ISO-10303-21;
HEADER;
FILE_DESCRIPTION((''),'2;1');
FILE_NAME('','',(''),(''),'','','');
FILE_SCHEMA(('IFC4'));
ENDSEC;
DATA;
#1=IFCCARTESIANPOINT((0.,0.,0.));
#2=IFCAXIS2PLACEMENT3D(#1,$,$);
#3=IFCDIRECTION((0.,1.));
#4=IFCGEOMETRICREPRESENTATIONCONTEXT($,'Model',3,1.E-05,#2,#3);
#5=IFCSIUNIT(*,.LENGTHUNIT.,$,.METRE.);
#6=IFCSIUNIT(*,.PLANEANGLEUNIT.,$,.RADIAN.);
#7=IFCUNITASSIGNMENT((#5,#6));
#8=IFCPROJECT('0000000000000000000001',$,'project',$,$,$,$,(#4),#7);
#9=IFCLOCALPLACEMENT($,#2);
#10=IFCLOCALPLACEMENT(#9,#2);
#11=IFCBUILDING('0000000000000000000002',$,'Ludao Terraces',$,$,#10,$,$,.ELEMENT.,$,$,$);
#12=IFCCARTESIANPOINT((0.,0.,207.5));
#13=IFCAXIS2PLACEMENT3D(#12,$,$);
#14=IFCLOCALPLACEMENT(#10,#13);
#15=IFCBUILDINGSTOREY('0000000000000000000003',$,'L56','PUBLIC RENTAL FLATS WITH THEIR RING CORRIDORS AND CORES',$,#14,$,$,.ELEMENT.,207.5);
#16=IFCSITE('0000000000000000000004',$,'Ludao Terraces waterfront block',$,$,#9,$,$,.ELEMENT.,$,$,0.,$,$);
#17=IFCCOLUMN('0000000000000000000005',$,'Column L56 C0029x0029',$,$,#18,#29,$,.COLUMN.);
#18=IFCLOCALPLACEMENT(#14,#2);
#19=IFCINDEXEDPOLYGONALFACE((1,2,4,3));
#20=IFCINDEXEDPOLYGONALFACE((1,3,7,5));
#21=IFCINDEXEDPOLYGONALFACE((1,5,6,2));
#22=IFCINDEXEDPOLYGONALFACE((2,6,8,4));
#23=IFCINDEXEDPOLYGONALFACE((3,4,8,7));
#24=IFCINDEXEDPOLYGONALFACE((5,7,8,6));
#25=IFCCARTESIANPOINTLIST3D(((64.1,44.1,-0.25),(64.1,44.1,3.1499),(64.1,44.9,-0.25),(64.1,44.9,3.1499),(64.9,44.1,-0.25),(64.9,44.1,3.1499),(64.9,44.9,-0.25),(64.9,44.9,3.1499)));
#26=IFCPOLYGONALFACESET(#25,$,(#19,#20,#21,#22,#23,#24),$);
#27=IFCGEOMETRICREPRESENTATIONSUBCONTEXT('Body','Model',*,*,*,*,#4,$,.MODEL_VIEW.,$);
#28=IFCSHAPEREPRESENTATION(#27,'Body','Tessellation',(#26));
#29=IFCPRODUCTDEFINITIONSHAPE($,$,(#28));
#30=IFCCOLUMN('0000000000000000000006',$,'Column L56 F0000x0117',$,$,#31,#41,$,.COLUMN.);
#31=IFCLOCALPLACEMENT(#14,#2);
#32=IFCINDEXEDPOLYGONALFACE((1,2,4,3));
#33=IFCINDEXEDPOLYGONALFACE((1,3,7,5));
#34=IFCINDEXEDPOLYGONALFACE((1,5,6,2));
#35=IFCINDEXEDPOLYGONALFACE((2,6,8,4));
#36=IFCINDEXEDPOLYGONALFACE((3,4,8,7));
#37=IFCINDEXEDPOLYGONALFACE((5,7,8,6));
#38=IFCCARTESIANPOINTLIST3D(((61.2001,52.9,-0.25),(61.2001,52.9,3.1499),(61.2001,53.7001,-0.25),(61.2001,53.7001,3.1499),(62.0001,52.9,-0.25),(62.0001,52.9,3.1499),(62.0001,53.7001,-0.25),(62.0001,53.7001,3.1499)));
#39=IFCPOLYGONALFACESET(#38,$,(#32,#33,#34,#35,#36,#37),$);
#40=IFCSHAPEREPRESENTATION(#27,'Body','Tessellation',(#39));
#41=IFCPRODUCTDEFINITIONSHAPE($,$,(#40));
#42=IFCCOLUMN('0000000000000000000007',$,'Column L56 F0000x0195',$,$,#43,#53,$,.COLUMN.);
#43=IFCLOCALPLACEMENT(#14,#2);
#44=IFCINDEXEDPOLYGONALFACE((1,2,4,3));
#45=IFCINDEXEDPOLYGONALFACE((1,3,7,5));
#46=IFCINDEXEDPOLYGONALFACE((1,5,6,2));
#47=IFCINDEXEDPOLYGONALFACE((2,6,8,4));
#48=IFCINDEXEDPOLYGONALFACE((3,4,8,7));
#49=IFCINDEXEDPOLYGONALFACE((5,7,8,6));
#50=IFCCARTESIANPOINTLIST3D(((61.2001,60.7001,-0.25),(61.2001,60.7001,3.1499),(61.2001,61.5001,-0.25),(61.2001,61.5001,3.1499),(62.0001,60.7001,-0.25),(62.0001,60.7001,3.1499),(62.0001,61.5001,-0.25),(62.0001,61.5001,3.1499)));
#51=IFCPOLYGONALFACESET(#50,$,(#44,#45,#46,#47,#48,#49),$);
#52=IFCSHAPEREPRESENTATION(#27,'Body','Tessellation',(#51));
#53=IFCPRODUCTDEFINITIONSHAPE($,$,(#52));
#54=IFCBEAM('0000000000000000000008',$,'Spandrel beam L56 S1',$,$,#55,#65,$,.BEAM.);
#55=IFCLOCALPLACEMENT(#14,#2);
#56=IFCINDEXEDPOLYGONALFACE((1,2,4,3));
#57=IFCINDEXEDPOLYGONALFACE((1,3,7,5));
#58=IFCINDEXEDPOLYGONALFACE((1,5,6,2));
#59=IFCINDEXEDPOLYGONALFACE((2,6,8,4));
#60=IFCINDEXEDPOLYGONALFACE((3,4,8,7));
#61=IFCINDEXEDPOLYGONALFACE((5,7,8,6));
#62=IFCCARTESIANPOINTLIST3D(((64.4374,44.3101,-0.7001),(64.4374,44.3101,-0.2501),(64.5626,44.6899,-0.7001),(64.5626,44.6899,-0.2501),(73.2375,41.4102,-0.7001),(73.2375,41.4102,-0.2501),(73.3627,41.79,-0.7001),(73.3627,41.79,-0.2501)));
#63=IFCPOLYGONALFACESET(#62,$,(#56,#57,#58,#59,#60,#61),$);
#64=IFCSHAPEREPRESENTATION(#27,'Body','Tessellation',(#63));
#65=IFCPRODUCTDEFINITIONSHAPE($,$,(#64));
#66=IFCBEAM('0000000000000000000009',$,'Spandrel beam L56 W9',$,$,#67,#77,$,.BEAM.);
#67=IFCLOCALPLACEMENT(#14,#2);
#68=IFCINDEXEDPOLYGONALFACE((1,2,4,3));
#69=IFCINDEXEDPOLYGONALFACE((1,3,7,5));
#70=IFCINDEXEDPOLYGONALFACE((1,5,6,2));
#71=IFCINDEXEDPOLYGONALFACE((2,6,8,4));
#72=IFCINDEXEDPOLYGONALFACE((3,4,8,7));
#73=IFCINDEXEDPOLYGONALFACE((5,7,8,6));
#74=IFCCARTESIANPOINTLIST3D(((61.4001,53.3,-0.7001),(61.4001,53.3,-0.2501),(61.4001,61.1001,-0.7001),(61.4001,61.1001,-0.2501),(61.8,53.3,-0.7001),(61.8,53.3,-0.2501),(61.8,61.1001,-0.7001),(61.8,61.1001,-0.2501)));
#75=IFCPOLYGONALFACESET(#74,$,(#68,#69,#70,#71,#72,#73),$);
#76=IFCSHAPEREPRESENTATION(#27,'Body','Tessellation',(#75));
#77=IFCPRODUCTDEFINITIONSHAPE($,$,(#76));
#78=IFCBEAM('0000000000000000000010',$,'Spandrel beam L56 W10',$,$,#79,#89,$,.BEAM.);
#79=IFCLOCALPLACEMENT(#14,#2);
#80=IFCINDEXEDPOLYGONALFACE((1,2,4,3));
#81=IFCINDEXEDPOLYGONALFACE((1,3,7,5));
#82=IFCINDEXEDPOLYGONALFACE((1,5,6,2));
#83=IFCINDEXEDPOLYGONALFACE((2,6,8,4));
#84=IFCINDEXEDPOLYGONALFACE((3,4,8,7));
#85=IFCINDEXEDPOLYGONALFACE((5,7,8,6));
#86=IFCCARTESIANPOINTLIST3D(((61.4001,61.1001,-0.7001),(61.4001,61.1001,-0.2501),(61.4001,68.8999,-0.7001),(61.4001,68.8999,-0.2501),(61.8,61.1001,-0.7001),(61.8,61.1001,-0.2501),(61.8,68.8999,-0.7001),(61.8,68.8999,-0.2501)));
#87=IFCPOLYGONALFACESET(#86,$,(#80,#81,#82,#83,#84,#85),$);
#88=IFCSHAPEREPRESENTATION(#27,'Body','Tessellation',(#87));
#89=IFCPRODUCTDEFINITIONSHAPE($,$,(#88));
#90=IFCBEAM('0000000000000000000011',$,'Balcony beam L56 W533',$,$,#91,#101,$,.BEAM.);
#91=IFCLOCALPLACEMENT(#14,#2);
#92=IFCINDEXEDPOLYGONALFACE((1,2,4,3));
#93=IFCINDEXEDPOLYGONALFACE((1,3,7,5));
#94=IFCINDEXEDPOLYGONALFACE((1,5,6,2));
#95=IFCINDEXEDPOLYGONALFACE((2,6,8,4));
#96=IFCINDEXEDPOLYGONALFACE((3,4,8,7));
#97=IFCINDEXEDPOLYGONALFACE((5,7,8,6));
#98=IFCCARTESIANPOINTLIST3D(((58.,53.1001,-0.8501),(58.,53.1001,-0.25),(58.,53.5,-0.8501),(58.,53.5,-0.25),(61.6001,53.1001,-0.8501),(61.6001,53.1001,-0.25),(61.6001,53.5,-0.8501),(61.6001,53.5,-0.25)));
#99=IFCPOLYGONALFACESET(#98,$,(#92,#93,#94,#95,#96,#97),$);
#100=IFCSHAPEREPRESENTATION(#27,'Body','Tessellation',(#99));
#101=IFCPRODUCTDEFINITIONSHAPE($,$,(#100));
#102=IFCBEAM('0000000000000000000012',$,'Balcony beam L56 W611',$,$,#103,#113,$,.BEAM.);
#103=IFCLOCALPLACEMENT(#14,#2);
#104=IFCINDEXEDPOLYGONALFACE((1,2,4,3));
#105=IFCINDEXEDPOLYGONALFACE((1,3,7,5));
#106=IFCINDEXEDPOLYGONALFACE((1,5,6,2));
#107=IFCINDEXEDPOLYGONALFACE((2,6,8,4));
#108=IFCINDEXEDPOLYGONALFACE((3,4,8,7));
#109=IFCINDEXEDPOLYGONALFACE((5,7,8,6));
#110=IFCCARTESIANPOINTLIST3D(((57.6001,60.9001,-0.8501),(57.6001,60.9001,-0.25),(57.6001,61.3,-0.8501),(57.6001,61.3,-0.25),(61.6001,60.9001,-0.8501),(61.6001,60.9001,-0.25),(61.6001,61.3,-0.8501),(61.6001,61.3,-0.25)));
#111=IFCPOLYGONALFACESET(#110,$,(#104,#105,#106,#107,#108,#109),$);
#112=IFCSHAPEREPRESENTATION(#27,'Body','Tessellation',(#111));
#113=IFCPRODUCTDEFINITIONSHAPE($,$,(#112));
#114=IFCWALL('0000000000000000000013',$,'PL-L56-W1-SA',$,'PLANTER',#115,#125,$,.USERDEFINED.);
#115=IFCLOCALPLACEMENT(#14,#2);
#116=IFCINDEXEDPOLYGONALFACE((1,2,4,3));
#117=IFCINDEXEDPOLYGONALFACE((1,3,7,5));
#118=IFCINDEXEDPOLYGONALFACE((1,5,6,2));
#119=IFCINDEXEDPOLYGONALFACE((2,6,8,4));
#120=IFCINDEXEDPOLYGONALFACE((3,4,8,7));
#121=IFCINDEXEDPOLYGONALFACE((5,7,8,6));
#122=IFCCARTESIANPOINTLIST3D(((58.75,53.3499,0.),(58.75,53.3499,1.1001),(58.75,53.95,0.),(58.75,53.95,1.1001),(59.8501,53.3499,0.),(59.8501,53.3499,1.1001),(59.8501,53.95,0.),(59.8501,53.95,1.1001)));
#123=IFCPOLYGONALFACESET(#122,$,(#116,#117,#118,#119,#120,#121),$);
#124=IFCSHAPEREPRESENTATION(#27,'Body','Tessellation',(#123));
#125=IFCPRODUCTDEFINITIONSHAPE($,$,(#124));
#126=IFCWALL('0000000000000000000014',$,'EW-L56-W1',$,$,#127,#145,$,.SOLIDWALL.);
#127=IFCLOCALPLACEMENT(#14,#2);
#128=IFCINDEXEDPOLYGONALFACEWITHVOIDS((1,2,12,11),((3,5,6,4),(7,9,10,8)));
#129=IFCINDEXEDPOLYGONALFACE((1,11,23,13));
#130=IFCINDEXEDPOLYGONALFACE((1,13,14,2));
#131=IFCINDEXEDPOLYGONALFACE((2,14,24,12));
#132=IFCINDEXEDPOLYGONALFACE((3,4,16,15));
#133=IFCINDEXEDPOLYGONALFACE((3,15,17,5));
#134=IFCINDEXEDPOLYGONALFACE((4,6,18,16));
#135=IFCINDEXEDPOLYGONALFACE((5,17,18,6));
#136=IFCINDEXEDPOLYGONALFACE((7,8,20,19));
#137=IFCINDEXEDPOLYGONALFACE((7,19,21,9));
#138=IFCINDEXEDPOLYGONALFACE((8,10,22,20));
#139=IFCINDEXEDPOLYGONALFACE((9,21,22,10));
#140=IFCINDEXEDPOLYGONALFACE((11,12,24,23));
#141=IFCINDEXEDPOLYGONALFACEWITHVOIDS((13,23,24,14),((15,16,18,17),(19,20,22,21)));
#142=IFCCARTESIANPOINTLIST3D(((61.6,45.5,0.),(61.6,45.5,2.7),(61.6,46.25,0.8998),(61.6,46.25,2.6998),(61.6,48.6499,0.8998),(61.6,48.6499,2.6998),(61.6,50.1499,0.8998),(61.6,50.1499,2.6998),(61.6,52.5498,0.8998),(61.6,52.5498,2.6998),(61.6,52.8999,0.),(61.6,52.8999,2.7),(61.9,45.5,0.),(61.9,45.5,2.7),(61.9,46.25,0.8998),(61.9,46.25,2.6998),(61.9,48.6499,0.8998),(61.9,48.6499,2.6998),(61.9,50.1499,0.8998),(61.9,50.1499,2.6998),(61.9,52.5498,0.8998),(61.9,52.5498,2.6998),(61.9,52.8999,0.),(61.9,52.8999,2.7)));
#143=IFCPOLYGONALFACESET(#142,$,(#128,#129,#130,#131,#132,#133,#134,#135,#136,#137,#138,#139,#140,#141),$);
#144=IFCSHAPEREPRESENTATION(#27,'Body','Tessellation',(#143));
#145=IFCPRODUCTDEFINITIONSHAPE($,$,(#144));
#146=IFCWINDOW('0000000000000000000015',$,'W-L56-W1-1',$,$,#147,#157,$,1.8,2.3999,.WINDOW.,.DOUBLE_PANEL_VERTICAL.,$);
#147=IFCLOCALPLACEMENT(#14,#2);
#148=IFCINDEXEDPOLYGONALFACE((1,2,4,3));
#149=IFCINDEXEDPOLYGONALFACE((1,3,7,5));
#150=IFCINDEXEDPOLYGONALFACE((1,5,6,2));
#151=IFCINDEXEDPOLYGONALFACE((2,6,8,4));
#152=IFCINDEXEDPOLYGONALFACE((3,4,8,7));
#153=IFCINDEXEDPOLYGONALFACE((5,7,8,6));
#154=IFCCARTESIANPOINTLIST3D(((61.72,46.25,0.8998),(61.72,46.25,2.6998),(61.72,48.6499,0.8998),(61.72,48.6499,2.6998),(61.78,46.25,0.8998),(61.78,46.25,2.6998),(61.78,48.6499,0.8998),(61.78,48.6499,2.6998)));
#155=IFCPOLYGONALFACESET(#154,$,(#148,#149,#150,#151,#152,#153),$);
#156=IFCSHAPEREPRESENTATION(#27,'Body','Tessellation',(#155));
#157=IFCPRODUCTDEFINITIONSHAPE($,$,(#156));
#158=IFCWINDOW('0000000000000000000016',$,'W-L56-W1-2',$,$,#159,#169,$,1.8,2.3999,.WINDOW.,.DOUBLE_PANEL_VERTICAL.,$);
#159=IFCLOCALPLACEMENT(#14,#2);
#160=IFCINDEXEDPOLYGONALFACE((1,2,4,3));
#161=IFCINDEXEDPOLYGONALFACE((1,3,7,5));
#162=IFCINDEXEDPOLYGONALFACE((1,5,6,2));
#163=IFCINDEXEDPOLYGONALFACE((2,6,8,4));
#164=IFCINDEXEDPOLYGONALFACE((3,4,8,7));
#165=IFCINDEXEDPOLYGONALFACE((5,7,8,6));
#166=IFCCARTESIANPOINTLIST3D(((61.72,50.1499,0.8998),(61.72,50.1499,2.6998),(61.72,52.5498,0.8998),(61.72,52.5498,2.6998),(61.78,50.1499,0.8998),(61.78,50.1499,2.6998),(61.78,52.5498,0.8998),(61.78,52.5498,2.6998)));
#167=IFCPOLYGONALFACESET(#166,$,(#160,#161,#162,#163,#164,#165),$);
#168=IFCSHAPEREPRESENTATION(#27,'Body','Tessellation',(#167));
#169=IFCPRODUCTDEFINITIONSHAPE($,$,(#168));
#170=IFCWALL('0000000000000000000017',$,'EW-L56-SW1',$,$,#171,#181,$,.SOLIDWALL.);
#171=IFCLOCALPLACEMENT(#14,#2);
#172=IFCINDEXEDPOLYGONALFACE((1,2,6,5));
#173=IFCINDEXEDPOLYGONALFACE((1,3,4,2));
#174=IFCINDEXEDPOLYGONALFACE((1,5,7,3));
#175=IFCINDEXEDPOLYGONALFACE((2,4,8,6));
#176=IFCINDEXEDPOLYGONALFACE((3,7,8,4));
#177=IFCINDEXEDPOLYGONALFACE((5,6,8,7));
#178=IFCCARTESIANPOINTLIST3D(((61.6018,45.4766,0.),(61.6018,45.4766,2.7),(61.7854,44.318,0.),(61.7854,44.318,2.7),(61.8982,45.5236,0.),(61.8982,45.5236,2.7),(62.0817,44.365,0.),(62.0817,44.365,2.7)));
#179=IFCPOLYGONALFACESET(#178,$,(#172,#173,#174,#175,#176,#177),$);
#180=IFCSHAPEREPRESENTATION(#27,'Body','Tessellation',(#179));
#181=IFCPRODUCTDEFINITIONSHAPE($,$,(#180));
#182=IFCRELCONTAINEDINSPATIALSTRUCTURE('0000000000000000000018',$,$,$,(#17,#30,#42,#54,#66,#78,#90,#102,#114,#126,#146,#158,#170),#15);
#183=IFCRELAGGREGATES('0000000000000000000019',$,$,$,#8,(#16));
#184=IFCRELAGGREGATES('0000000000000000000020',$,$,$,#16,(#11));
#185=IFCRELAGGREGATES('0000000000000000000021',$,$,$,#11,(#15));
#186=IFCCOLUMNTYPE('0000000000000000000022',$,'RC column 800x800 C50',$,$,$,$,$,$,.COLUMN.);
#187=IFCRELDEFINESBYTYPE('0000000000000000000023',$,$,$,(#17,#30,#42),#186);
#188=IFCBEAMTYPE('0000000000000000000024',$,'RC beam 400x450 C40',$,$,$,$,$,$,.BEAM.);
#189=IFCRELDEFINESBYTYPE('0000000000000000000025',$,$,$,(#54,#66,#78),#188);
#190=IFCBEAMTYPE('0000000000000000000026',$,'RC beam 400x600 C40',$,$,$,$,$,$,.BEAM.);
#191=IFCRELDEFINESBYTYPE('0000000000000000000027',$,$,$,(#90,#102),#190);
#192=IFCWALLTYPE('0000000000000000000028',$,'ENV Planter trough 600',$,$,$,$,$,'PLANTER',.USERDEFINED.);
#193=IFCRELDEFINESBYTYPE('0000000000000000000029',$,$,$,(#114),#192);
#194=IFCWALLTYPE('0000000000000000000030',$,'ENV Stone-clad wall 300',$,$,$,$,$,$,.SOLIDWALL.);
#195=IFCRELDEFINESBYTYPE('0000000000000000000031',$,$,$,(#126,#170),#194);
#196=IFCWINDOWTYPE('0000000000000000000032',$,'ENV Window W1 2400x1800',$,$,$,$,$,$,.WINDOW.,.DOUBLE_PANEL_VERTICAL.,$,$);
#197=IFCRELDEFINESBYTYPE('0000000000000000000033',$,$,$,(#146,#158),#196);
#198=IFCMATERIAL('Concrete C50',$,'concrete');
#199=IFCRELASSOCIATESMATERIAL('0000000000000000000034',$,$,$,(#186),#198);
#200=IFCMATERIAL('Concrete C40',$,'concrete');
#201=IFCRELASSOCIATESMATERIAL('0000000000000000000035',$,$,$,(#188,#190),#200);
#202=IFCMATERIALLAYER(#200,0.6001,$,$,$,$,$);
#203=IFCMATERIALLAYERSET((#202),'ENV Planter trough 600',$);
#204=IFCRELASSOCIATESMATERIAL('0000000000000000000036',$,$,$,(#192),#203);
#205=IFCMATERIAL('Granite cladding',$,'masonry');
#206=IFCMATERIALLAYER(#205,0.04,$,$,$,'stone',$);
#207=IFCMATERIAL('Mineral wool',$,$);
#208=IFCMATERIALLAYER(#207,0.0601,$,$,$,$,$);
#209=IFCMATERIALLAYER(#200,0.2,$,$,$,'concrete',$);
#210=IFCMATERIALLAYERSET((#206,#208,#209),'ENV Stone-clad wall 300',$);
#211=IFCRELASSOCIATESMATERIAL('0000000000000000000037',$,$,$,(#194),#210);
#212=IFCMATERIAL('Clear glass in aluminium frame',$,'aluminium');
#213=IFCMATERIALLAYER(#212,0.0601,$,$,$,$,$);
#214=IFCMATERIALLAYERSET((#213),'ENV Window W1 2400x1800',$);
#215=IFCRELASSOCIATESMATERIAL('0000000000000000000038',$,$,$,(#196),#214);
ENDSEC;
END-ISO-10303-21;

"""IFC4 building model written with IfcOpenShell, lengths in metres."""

from ifc_helpers import new_model, si_unit, direction, frame, frame_2d, origin, origin_2d, place, context, subcontext, project, spatial, rectangle, extrude, material, layer, layer_set, material_profile, profile_set, type_object, element, fill, save


model = new_model("IFC4")

# Units and contexts
model_context = context("Model", 3, precision=1e-05, world=origin(), true_north=direction((0.0, 1.0)))
body_context = subcontext(model_context, "Body", "Model", "MODEL_VIEW")
ifc_project = project(units=[si_unit("LENGTHUNIT", "METRE"), si_unit("PLANEANGLEUNIT", "RADIAN")], contexts=[model_context])

# Site, building, storey
site_placement = place(None, origin())
site = spatial("IfcSite", under=ifc_project, at=site_placement, Name="Ludao Terraces waterfront block", CompositionType="ELEMENT", RefElevation=0.0)
building_placement = place(site_placement, origin())
building = spatial("IfcBuilding", under=site, at=building_placement, Name="Ludao Terraces", CompositionType="ELEMENT")
storey_placement = place(building_placement, frame((0.0, 0.0, 207.5)))
storey = spatial("IfcBuildingStorey", under=building, at=storey_placement, Name="L56", Description="PUBLIC RENTAL FLATS WITH THEIR RING CORRIDORS AND CORES", CompositionType="ELEMENT", Elevation=207.5)

# Columns
ifc_material_1 = material(Name="Concrete C50", Category="concrete")
ifc_material_profile_1 = material_profile(ifc_material_1, rectangle(XDim=0.8, YDim=0.8, at=origin_2d()), Name="800 X 800")
ifc_profile_set_1 = profile_set([ifc_material_profile_1], Name="Concrete C50")
column_type = type_object("IfcColumnType", Name="RC column 800x800 C50", PredefinedType="COLUMN", material=ifc_profile_set_1)
for number, where, z_axis, x_axis, name in (
    (1, (64.5, 44.5, -0.25), (0.0, 0.0, 1.0), (1.0, 0.0, 0.0), "Column L56 C0029x0029"),
    (2, (61.6001, 53.3, -0.25), (0.0, 0.0, 1.0), (1.0, 0.0, 0.0), "Column L56 F0000x0117"),
    (3, (61.6001, 61.1001, -0.25), (0.0, 0.0, 1.0), (1.0, 0.0, 0.0), "Column L56 F0000x0195"),
):
    element("IfcColumn", number, at=place(storey_placement, frame(where, z_axis=z_axis, x_axis=x_axis)), inside=storey, type_object=column_type, Name=name, PredefinedType="COLUMN", context=body_context, shape_type="SweptSolid", body=[
        extrude(rectangle(XDim=0.8, YDim=0.8, at=origin_2d()), origin(), (0.0, 0.0, 1.0), 3.3999),
    ])

# Beams
ifc_material_2 = material(Name="Concrete C40", Category="concrete")
ifc_material_profile_2 = material_profile(ifc_material_2, rectangle(XDim=0.3999, YDim=0.45, at=origin_2d()), Name="400 X 450")
ifc_profile_set_2 = profile_set([ifc_material_profile_2], Name="Concrete C40")
beam_type_1 = type_object("IfcBeamType", Name="RC beam 400x450 C40", PredefinedType="BEAM", material=ifc_profile_set_2)
beam_1_placement = place(storey_placement, frame((64.5, 44.5, -0.4751), z_axis=(0.949761, -0.312977, 0.0), x_axis=(0.312977, 0.949761, 0.0)))
element("IfcBeam", 4, at=beam_1_placement, inside=storey, type_object=beam_type_1, Name="Spandrel beam L56 S1", PredefinedType="BEAM", context=body_context, shape_type="SweptSolid", body=[
    extrude(rectangle(XDim=0.3999, YDim=0.45, at=origin_2d()), origin(), (0.0, 0.0, 1.0), 9.2656),
])
beam_2_placement = place(storey_placement, frame((61.6001, 53.3, -0.4751), z_axis=(0.0, 1.0, 0.0), x_axis=(-1.0, 0.0, 0.0)))
element("IfcBeam", 5, at=beam_2_placement, inside=storey, type_object=beam_type_1, Name="Spandrel beam L56 W9", PredefinedType="BEAM", context=body_context, shape_type="SweptSolid", body=[
    extrude(rectangle(XDim=0.3999, YDim=0.45, at=origin_2d()), origin(), (0.0, 0.0, 1.0), 7.8),
])
beam_3_placement = place(storey_placement, frame((61.6001, 61.1001, -0.4751), z_axis=(0.0, 1.0, 0.0), x_axis=(-1.0, 0.0, 0.0)))
element("IfcBeam", 6, at=beam_3_placement, inside=storey, type_object=beam_type_1, Name="Spandrel beam L56 W10", PredefinedType="BEAM", context=body_context, shape_type="SweptSolid", body=[
    extrude(rectangle(XDim=0.3999, YDim=0.45, at=origin_2d()), origin(), (0.0, 0.0, 1.0), 7.7998),
])
ifc_material_profile_3 = material_profile(ifc_material_2, rectangle(XDim=0.3999, YDim=0.6001, at=origin_2d()), Name="400 X 600")
ifc_profile_set_3 = profile_set([ifc_material_profile_3], Name="Concrete C40")
beam_type_2 = type_object("IfcBeamType", Name="RC beam 400x600 C40", PredefinedType="BEAM", material=ifc_profile_set_3)
beam_4_placement = place(storey_placement, frame((61.6001, 53.3, -0.55), z_axis=(-1.0, 0.0, 0.0), x_axis=(0.0, -1.0, 0.0)))
element("IfcBeam", 7, at=beam_4_placement, inside=storey, type_object=beam_type_2, Name="Balcony beam L56 W533", PredefinedType="BEAM", context=body_context, shape_type="SweptSolid", body=[
    extrude(rectangle(XDim=0.3999, YDim=0.6001, at=origin_2d()), origin(), (0.0, 0.0, 1.0), 3.6001),
])
beam_5_placement = place(storey_placement, frame((61.6001, 61.1001, -0.55), z_axis=(-1.0, 0.0, 0.0), x_axis=(0.0, -1.0, 0.0)))
element("IfcBeam", 8, at=beam_5_placement, inside=storey, type_object=beam_type_2, Name="Balcony beam L56 W611", PredefinedType="BEAM", context=body_context, shape_type="SweptSolid", body=[
    extrude(rectangle(XDim=0.3999, YDim=0.6001, at=origin_2d()), origin(), (0.0, 0.0, 1.0), 4.0),
])

# Wall
ifc_layer_1 = layer(ifc_material_2, 0.6001)
ifc_layer_set_1 = layer_set([ifc_layer_1], Name="ENV Planter trough 600")
wall_type_1 = type_object("IfcWallType", Name="ENV Planter trough 600", ElementType="PLANTER", PredefinedType="USERDEFINED", material=ifc_layer_set_1)
wall_1_placement = place(storey_placement, frame((58.75, 53.6499, 0.0), z_axis=(0.0, 0.0, 1.0), x_axis=(1.0, 0.0, 0.0)))
element("IfcWall", 9, at=wall_1_placement, inside=storey, type_object=wall_type_1, Name="PL-L56-W1-SA", ObjectType="PLANTER", PredefinedType="USERDEFINED", context=body_context, shape_type="SweptSolid", body=[
    extrude(rectangle(XDim=1.1001, YDim=0.6001, at=frame_2d((0.55, 0.0))), origin(), (0.0, 0.0, 1.0), 1.1001),
])

# Wall, openings, windows
ifc_material_3 = material(Name="Granite cladding", Category="masonry")
ifc_layer_2 = layer(ifc_material_3, 0.04, Category="stone")
ifc_material_4 = material(Name="Mineral wool")
ifc_layer_3 = layer(ifc_material_4, 0.0601)
ifc_layer_4 = layer(ifc_material_2, 0.2, Category="concrete")
ifc_layer_set_2 = layer_set([ifc_layer_2, ifc_layer_3, ifc_layer_4], Name="ENV Stone-clad wall 300")
wall_type_2 = type_object("IfcWallType", Name="ENV Stone-clad wall 300", PredefinedType="SOLIDWALL", material=ifc_layer_set_2)
wall_2_placement = place(storey_placement, frame((61.75, 45.5, 0.0), z_axis=(0.0, 0.0, 1.0), x_axis=(0.0, 1.0, 0.0)))
wall_2 = element("IfcWall", 10, at=wall_2_placement, inside=storey, type_object=wall_type_2, Name="EW-L56-W1", PredefinedType="SOLIDWALL", context=body_context, shape_type="SweptSolid", body=[
    extrude(rectangle(XDim=7.3999, YDim=0.3, at=frame_2d((3.7, 0.0))), origin(), (0.0, 0.0, 1.0), 2.7),
])
opening_1_placement = place(wall_2_placement, frame((0.75, 0.0, 0.8999)))
opening_1 = element("IfcOpeningElement", 11, at=opening_1_placement, cuts=wall_2, PredefinedType="OPENING", context=body_context, shape_type="SweptSolid", body=[
    extrude(rectangle(XDim=2.3999, YDim=1.8, at=frame_2d((1.2, 0.8999))), frame((0.0, 0.1602, 0.0), z_axis=(0.0, -1.0, 0.0), x_axis=(1.0, 0.0, 0.0)), (0.0, 0.0, 1.0), 0.3201),
])
opening_2_placement = place(wall_2_placement, frame((4.6499, 0.0, 0.8999)))
opening_2 = element("IfcOpeningElement", 12, at=opening_2_placement, cuts=wall_2, PredefinedType="OPENING", context=body_context, shape_type="SweptSolid", body=[
    extrude(rectangle(XDim=2.3999, YDim=1.8, at=frame_2d((1.2, 0.8999))), frame((0.0, 0.1602, 0.0), z_axis=(0.0, -1.0, 0.0), x_axis=(1.0, 0.0, 0.0)), (0.0, 0.0, 1.0), 0.3201),
])
ifc_material_5 = material(Name="Clear glass in aluminium frame", Category="aluminium")
ifc_layer_5 = layer(ifc_material_5, 0.0601)
ifc_layer_set_3 = layer_set([ifc_layer_5], Name="ENV Window W1 2400x1800")
window_type_1 = type_object("IfcWindowType", Name="ENV Window W1 2400x1800", PartitioningType="DOUBLE_PANEL_VERTICAL", PredefinedType="WINDOW", material=ifc_layer_set_3)
window_1_placement = place(opening_1_placement, origin())
window_1 = element("IfcWindow", 13, at=window_1_placement, inside=storey, type_object=window_type_1, Name="W-L56-W1-1", OverallHeight=1.8, OverallWidth=2.3999, PartitioningType="DOUBLE_PANEL_VERTICAL", PredefinedType="WINDOW", context=body_context, shape_type="SweptSolid", body=[
    extrude(rectangle(XDim=2.3999, YDim=1.8, at=frame_2d((1.2, 0.8999))), frame((0.0, 0.03, 0.0), z_axis=(0.0, -1.0, 0.0), x_axis=(1.0, 0.0, 0.0)), (0.0, 0.0, 1.0), 0.0601),
])
fill(opening_1, window_1)
window_2_placement = place(opening_2_placement, origin())
window_2 = element("IfcWindow", 14, at=window_2_placement, inside=storey, type_object=window_type_1, Name="W-L56-W1-2", OverallHeight=1.8, OverallWidth=2.3999, PartitioningType="DOUBLE_PANEL_VERTICAL", PredefinedType="WINDOW", context=body_context, shape_type="SweptSolid", body=[
    extrude(rectangle(XDim=2.3999, YDim=1.8, at=frame_2d((1.2, 0.8999))), frame((0.0, 0.03, 0.0), z_axis=(0.0, -1.0, 0.0), x_axis=(1.0, 0.0, 0.0)), (0.0, 0.0, 1.0), 0.0601),
])
fill(opening_2, window_2)

# Wall
wall_3_placement = place(storey_placement, frame((61.75, 45.5, 0.0), z_axis=(0.0, 0.0, 1.0), x_axis=(0.156497, -0.987678, 0.0)))
element("IfcWall", 15, at=wall_3_placement, inside=storey, type_object=wall_type_2, Name="EW-L56-SW1", PredefinedType="SOLIDWALL", context=body_context, shape_type="SweptSolid", body=[
    extrude(rectangle(XDim=1.1731, YDim=0.3, at=frame_2d((0.5864, 0.0))), origin(), (0.0, 0.0, 1.0), 2.7),
])

save(model, "model.ifc")
